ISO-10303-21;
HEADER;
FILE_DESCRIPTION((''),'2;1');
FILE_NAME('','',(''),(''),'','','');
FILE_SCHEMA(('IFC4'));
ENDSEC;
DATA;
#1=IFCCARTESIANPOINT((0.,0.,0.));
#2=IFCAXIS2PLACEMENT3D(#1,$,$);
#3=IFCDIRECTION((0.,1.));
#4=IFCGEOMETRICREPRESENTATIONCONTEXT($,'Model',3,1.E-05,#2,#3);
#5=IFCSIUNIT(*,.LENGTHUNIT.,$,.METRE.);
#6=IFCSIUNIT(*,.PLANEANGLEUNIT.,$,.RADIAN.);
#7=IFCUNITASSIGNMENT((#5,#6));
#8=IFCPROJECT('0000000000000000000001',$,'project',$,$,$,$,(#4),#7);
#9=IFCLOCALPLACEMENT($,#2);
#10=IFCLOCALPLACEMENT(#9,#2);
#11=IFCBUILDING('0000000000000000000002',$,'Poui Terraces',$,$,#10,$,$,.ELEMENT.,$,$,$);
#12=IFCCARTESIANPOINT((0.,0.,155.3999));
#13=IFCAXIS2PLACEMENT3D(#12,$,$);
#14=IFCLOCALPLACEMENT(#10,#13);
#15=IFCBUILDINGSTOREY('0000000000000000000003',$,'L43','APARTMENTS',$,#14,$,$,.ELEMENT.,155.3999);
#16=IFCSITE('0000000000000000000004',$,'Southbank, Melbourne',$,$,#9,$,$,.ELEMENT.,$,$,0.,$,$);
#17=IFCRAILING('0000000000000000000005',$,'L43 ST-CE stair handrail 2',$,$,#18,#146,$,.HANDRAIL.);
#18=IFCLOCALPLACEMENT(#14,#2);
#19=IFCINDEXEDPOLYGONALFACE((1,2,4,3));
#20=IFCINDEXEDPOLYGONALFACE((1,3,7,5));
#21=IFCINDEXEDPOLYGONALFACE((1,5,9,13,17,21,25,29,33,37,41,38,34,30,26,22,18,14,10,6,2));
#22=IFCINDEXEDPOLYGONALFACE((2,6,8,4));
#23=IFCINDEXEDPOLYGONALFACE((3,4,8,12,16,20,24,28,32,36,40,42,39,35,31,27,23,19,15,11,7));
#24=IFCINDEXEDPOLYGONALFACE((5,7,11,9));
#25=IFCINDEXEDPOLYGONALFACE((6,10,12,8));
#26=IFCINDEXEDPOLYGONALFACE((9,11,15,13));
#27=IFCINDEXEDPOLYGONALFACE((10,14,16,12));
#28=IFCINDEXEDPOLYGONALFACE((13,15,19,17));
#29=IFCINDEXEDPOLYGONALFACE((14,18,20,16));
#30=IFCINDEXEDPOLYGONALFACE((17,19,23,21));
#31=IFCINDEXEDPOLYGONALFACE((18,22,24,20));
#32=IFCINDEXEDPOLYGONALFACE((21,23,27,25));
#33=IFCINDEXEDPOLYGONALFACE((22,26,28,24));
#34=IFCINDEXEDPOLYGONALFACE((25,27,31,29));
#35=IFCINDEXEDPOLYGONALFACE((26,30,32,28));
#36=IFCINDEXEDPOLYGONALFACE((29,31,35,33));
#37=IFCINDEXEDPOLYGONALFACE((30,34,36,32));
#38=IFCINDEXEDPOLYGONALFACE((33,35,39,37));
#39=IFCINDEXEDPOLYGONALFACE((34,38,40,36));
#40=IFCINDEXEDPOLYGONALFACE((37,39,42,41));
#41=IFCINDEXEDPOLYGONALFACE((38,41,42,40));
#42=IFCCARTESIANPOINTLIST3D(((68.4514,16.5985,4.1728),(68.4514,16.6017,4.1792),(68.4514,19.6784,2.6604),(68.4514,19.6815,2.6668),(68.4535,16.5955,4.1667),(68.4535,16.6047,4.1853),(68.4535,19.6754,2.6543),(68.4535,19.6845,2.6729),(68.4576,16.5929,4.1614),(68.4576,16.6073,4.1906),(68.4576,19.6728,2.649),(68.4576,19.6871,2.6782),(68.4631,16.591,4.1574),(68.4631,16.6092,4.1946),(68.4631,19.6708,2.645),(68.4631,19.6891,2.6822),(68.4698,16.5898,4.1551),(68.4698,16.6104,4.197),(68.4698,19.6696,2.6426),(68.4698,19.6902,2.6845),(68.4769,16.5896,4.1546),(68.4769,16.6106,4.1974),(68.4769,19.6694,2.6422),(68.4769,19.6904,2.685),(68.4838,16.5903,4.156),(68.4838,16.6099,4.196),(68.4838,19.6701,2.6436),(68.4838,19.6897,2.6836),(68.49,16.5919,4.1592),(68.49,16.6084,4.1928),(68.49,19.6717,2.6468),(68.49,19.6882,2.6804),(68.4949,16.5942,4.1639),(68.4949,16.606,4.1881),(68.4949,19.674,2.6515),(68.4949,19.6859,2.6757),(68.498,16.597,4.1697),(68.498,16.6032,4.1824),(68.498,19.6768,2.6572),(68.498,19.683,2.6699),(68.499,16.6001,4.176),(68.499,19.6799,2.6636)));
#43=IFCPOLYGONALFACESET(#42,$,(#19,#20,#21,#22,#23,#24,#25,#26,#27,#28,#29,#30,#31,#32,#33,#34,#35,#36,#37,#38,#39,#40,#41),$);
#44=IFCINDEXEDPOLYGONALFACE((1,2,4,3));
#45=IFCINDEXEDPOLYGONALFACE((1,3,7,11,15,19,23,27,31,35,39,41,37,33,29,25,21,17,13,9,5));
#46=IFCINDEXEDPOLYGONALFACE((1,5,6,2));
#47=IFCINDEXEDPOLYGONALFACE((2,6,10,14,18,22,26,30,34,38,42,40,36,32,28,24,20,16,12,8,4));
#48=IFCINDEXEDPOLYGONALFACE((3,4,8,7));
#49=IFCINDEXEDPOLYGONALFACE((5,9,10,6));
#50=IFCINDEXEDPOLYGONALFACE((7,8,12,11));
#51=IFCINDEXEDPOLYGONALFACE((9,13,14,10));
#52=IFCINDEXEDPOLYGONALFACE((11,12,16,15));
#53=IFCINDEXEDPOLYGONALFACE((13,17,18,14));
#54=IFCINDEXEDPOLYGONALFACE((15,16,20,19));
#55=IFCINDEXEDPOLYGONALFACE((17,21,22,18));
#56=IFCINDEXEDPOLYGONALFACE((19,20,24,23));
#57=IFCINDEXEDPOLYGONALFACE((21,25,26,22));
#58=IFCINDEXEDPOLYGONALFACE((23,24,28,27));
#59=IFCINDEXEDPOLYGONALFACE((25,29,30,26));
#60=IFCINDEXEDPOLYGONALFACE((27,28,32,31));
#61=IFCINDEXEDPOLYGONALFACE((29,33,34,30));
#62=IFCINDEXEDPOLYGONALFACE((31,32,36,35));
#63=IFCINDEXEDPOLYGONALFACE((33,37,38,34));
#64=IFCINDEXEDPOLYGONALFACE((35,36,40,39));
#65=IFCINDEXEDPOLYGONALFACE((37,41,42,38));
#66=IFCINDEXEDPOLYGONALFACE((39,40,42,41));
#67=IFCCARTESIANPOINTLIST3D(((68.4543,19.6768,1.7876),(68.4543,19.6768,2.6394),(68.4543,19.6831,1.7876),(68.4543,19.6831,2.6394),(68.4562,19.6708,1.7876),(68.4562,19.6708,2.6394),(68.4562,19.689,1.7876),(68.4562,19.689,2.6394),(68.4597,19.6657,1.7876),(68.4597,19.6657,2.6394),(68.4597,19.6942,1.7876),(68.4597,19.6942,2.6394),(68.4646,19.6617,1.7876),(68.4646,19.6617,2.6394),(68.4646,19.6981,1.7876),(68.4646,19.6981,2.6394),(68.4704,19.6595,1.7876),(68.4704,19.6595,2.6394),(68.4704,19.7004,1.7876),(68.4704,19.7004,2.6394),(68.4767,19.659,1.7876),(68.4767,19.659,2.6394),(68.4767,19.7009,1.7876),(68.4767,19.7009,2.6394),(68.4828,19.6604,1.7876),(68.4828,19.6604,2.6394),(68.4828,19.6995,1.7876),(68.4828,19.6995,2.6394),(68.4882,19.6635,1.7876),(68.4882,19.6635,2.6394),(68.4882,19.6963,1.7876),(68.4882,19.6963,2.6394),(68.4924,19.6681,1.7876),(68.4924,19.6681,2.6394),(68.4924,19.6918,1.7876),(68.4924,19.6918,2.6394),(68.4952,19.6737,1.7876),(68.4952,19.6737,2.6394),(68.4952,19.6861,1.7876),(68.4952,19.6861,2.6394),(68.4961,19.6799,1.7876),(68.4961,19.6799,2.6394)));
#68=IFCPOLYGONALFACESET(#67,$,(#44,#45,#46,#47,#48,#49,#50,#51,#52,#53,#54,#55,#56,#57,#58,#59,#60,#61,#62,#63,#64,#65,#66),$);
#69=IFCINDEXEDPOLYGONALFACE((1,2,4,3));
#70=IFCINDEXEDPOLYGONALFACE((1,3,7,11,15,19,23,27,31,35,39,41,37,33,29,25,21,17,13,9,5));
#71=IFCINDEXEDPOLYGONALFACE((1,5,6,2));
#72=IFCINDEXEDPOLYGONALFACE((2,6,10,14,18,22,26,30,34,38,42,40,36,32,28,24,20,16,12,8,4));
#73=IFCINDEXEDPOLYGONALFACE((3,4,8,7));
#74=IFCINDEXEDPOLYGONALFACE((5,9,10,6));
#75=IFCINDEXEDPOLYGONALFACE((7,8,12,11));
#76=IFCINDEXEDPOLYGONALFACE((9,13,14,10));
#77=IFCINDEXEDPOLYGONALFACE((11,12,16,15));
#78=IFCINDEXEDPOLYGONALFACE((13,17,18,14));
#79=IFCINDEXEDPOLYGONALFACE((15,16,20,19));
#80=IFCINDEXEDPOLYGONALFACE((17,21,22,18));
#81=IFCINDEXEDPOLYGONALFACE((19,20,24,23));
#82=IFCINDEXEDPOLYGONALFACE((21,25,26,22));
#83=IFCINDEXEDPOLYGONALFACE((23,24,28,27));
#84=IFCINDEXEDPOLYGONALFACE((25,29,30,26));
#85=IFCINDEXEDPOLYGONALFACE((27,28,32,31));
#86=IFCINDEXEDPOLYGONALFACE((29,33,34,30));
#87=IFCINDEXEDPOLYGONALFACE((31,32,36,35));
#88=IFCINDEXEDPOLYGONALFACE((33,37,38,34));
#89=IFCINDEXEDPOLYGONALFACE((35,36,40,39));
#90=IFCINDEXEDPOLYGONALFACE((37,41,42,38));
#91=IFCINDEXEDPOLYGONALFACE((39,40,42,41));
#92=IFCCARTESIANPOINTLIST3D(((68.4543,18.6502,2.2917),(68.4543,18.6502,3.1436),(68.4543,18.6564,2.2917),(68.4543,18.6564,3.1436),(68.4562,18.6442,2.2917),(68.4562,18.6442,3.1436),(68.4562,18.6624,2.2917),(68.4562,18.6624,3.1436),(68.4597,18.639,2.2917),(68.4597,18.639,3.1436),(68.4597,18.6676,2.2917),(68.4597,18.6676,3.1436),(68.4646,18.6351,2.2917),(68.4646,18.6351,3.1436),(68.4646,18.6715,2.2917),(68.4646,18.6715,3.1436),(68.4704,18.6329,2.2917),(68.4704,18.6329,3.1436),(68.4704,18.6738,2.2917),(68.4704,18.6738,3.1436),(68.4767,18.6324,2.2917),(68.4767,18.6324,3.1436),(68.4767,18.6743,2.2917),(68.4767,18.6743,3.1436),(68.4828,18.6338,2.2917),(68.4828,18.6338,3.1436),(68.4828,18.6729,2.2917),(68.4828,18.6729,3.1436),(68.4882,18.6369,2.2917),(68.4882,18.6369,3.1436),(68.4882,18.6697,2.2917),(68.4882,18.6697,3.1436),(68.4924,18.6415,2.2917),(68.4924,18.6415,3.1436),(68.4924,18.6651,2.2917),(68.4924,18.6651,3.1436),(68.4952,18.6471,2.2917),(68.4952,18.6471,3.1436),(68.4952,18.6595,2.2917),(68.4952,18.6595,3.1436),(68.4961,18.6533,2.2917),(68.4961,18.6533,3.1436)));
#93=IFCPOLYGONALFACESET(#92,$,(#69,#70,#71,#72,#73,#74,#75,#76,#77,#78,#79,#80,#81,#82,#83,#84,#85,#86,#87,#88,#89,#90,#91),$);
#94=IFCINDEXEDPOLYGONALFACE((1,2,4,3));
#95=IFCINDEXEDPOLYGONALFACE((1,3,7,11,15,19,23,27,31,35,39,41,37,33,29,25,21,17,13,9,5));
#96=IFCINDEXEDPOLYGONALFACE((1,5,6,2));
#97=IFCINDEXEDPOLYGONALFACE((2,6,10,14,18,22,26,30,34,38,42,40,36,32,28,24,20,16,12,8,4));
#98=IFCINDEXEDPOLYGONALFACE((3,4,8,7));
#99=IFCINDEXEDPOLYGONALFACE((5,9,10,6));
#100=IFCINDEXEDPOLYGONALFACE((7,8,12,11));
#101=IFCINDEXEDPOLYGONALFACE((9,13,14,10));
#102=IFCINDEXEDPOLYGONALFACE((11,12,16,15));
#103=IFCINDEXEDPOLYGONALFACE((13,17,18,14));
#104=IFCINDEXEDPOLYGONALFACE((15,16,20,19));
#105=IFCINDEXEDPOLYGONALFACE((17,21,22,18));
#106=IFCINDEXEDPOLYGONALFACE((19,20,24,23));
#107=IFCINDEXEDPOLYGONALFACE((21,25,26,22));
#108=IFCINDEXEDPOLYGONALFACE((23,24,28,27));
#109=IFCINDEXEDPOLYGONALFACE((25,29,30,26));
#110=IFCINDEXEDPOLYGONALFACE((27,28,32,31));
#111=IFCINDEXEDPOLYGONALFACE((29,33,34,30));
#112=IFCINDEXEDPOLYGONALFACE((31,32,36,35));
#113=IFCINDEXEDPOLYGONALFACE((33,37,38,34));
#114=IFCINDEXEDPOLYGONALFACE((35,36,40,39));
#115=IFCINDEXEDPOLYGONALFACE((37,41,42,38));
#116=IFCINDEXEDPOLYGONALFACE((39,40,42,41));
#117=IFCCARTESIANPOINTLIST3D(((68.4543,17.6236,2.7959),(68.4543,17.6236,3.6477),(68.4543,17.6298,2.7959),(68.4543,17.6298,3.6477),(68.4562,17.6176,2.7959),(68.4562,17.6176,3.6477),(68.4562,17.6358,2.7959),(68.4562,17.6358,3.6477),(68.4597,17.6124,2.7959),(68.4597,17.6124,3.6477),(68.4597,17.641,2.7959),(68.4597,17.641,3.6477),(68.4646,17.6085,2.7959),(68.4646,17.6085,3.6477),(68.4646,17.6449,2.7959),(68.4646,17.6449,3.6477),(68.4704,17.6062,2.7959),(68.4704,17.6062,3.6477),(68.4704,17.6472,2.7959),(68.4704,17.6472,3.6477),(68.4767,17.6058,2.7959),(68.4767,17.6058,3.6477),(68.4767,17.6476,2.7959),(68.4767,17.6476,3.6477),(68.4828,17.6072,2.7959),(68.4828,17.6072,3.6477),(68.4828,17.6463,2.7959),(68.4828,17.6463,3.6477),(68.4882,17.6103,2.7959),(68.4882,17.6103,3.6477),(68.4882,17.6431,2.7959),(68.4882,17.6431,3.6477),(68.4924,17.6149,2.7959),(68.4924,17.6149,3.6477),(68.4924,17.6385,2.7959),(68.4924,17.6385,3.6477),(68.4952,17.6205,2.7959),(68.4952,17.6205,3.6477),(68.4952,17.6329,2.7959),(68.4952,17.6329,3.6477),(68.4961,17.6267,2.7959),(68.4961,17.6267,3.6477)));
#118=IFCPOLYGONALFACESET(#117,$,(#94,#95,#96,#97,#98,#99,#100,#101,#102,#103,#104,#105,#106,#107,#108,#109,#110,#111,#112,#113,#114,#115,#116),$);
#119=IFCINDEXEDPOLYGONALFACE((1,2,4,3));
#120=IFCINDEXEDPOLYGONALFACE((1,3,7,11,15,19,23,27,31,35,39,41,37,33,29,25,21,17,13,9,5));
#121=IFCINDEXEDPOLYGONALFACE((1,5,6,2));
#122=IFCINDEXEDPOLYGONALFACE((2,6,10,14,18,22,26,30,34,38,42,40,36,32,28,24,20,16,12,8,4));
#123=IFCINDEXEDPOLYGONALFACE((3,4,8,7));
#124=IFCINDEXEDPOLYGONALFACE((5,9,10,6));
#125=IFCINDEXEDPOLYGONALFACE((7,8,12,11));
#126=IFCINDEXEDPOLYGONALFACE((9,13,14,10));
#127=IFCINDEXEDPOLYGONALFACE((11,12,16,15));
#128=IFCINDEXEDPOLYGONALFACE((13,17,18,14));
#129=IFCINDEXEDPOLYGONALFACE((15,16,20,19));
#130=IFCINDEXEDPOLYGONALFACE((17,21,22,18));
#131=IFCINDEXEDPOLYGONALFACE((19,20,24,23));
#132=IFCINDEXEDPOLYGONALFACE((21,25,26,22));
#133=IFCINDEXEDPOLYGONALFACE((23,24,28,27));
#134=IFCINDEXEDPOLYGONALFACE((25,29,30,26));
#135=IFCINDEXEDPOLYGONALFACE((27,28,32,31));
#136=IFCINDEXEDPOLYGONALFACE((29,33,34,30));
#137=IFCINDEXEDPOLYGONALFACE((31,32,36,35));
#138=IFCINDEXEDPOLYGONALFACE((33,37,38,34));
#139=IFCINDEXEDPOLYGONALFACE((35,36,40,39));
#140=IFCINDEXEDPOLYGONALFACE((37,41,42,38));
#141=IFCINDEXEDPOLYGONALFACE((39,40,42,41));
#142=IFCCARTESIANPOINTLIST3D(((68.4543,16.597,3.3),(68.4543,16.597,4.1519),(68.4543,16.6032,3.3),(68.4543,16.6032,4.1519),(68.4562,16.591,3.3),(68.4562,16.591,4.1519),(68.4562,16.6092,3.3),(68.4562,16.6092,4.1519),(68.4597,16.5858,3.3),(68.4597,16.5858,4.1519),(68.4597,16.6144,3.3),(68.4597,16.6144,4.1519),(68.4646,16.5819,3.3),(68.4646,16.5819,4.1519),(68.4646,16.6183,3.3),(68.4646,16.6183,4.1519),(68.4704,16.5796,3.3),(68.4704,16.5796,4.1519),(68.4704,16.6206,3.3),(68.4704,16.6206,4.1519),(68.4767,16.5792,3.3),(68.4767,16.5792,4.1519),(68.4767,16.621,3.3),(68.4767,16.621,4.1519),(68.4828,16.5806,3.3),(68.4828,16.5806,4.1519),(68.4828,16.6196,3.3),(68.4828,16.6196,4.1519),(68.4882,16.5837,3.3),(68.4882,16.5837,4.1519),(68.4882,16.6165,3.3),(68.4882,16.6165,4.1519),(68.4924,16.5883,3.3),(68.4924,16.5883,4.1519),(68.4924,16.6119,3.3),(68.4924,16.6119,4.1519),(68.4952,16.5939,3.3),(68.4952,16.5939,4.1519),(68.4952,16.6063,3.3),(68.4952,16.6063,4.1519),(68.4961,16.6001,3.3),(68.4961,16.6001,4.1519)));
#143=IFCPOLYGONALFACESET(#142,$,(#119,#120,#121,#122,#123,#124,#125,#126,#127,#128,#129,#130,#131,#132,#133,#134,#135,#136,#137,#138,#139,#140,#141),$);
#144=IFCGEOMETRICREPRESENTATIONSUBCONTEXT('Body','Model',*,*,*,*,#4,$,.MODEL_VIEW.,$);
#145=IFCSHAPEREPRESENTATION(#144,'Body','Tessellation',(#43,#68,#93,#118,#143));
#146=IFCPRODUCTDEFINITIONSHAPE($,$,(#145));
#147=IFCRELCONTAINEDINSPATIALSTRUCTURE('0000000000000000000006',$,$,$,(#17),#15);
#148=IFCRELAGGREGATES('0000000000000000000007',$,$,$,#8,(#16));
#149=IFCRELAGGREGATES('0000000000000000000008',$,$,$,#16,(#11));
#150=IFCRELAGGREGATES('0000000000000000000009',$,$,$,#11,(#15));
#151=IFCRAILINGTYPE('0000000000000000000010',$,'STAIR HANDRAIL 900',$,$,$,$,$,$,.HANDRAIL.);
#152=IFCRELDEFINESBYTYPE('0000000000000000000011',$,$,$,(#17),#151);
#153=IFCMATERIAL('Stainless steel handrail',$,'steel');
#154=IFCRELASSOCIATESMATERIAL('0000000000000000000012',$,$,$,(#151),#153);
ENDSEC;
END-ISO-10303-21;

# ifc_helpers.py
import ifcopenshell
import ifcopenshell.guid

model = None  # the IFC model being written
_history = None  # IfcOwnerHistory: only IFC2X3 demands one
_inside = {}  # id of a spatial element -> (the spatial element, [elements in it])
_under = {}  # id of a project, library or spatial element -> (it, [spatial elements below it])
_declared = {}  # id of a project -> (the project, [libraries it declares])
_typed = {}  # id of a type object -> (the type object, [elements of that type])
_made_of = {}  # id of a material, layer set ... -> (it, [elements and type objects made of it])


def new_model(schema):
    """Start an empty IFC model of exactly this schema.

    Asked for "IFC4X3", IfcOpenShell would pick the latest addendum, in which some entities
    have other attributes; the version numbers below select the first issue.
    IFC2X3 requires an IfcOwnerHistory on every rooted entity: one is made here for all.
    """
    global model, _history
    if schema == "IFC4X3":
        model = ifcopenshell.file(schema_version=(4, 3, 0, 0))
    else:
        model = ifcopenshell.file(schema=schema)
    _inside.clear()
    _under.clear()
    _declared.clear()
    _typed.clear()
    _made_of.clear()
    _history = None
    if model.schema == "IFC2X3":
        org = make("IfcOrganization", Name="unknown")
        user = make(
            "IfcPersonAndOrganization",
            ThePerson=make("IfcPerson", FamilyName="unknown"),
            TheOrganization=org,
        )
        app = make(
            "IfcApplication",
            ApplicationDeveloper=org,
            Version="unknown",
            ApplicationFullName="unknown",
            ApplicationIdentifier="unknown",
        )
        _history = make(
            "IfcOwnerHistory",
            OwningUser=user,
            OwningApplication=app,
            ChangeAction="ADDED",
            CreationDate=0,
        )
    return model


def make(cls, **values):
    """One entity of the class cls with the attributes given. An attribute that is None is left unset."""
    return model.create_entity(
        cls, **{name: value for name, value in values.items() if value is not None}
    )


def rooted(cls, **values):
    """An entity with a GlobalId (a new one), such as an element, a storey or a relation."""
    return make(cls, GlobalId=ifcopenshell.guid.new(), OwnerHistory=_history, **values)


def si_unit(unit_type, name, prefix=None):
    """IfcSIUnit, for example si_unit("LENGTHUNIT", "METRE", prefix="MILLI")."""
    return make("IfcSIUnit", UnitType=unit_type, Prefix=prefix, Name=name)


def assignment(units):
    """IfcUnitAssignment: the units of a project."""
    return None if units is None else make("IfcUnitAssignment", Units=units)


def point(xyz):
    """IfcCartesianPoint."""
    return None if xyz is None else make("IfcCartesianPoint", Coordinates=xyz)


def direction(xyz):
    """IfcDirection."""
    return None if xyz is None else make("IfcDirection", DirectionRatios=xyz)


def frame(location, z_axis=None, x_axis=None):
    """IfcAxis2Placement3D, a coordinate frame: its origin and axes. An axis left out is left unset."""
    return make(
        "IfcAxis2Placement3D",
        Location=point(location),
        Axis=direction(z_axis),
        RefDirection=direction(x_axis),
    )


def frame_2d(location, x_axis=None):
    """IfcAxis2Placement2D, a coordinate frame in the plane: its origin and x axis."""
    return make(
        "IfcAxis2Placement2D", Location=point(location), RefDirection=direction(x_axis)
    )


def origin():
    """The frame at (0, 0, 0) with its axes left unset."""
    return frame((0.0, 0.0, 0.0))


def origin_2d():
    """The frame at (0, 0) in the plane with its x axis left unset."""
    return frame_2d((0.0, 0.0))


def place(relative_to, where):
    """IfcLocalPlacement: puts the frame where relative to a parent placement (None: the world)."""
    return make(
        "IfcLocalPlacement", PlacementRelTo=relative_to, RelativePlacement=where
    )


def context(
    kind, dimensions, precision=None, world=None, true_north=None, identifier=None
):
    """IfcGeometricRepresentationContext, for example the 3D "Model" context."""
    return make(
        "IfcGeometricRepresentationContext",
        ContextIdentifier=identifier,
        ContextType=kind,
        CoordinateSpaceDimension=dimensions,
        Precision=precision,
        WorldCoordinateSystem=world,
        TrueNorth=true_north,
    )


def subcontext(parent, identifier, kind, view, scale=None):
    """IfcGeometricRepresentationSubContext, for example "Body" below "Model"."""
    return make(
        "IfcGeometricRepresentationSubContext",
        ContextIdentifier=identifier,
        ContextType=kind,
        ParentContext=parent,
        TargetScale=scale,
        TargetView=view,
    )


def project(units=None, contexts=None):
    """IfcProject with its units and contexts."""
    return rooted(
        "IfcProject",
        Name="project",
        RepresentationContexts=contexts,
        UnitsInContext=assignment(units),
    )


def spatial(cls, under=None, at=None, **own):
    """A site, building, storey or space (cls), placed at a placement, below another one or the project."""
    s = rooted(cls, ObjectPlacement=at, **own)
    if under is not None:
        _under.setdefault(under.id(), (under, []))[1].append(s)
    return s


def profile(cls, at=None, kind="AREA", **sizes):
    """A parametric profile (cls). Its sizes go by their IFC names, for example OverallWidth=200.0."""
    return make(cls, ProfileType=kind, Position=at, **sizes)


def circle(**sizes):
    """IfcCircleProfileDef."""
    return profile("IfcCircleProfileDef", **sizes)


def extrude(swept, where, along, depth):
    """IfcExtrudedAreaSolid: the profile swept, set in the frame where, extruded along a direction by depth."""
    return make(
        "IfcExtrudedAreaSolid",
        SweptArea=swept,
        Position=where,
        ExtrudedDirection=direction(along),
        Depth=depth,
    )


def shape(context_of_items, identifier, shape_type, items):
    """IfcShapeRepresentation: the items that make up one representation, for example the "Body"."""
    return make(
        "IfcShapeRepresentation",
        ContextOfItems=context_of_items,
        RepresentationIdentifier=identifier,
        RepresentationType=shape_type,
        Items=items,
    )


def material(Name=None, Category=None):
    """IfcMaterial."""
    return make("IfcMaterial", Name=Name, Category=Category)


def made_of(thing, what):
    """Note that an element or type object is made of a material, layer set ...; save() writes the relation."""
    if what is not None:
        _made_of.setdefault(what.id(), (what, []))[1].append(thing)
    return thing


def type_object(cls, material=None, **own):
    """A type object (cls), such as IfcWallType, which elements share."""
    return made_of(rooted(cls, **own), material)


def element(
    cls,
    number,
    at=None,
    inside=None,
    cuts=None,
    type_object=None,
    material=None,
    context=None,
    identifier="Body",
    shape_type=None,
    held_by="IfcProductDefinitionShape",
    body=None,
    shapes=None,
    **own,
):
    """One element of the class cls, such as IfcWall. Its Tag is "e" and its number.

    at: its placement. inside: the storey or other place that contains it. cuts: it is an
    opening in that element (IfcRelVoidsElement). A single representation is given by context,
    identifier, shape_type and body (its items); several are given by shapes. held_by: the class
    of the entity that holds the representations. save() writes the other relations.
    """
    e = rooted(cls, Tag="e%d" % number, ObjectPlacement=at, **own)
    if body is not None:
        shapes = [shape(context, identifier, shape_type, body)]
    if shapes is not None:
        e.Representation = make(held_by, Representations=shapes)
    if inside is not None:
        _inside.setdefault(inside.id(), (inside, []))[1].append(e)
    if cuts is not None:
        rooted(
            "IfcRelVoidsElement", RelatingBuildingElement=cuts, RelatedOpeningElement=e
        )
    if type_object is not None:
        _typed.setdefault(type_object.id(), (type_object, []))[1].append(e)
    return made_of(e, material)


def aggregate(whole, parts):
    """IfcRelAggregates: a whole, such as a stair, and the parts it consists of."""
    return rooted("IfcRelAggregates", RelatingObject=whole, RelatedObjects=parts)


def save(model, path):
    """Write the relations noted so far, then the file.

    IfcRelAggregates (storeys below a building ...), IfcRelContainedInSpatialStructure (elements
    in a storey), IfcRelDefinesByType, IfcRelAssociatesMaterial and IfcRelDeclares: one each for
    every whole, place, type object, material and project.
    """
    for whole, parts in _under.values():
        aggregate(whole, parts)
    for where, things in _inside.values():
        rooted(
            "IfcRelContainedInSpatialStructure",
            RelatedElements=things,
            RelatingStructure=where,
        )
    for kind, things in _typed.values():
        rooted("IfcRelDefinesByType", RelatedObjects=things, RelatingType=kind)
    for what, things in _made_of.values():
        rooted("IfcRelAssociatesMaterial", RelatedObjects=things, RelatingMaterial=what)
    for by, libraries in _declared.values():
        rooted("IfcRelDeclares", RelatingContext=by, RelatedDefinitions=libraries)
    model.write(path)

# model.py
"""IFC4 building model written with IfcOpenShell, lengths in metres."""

from ifc_helpers import new_model, si_unit, direction, frame, origin, origin_2d, place, context, subcontext, project, spatial, circle, extrude, material, type_object, element, save


model = new_model("IFC4")

# Units and contexts
model_context = context("Model", 3, precision=1e-05, world=origin(), true_north=direction((0.0, 1.0)))
body_context = subcontext(model_context, "Body", "Model", "MODEL_VIEW")
ifc_project = project(units=[si_unit("LENGTHUNIT", "METRE"), si_unit("PLANEANGLEUNIT", "RADIAN")], contexts=[model_context])

# Site, building, storey
site_placement = place(None, origin())
site = spatial("IfcSite", under=ifc_project, at=site_placement, Name="Southbank, Melbourne", CompositionType="ELEMENT", RefElevation=0.0)
building_placement = place(site_placement, origin())
building = spatial("IfcBuilding", under=site, at=building_placement, Name="Poui Terraces", CompositionType="ELEMENT")
storey_placement = place(building_placement, frame((0.0, 0.0, 155.3999)))
storey = spatial("IfcBuildingStorey", under=building, at=storey_placement, Name="L43", Description="APARTMENTS", CompositionType="ELEMENT", Elevation=155.3999)

# Railing
ifc_material_1 = material(Name="Stainless steel handrail", Category="steel")
railing_type_1 = type_object("IfcRailingType", Name="STAIR HANDRAIL 900", PredefinedType="HANDRAIL", material=ifc_material_1)
railing_1_placement = place(storey_placement, frame((68.4751, 19.6799, 1.7876)))
element("IfcRailing", 1, at=railing_1_placement, inside=storey, type_object=railing_type_1, Name="L43 ST-CE stair handrail 2", PredefinedType="HANDRAIL", context=body_context, shape_type="SweptSolid", body=[
    extrude(circle(Radius=0.0239, at=origin_2d()), frame((0.0, 0.0, 0.876), z_axis=(0.0, -0.897606, 0.440798), x_axis=(1.0, 0.0, 0.0)), (0.0, 0.0, 1.0), 3.4312),
    extrude(circle(Radius=0.021, at=origin_2d()), origin(), (0.0, 0.0, 1.0), 0.8518),
    extrude(circle(Radius=0.021, at=origin_2d()), frame((0.0, -1.0266, 0.5042)), (0.0, 0.0, 1.0), 0.8518),
    extrude(circle(Radius=0.021, at=origin_2d()), frame((0.0, -2.0532, 1.0083)), (0.0, 0.0, 1.0), 0.8518),
    extrude(circle(Radius=0.021, at=origin_2d()), frame((0.0, -3.0798, 1.5125)), (0.0, 0.0, 1.0), 0.8518),
])

save(model, "model.ifc")
